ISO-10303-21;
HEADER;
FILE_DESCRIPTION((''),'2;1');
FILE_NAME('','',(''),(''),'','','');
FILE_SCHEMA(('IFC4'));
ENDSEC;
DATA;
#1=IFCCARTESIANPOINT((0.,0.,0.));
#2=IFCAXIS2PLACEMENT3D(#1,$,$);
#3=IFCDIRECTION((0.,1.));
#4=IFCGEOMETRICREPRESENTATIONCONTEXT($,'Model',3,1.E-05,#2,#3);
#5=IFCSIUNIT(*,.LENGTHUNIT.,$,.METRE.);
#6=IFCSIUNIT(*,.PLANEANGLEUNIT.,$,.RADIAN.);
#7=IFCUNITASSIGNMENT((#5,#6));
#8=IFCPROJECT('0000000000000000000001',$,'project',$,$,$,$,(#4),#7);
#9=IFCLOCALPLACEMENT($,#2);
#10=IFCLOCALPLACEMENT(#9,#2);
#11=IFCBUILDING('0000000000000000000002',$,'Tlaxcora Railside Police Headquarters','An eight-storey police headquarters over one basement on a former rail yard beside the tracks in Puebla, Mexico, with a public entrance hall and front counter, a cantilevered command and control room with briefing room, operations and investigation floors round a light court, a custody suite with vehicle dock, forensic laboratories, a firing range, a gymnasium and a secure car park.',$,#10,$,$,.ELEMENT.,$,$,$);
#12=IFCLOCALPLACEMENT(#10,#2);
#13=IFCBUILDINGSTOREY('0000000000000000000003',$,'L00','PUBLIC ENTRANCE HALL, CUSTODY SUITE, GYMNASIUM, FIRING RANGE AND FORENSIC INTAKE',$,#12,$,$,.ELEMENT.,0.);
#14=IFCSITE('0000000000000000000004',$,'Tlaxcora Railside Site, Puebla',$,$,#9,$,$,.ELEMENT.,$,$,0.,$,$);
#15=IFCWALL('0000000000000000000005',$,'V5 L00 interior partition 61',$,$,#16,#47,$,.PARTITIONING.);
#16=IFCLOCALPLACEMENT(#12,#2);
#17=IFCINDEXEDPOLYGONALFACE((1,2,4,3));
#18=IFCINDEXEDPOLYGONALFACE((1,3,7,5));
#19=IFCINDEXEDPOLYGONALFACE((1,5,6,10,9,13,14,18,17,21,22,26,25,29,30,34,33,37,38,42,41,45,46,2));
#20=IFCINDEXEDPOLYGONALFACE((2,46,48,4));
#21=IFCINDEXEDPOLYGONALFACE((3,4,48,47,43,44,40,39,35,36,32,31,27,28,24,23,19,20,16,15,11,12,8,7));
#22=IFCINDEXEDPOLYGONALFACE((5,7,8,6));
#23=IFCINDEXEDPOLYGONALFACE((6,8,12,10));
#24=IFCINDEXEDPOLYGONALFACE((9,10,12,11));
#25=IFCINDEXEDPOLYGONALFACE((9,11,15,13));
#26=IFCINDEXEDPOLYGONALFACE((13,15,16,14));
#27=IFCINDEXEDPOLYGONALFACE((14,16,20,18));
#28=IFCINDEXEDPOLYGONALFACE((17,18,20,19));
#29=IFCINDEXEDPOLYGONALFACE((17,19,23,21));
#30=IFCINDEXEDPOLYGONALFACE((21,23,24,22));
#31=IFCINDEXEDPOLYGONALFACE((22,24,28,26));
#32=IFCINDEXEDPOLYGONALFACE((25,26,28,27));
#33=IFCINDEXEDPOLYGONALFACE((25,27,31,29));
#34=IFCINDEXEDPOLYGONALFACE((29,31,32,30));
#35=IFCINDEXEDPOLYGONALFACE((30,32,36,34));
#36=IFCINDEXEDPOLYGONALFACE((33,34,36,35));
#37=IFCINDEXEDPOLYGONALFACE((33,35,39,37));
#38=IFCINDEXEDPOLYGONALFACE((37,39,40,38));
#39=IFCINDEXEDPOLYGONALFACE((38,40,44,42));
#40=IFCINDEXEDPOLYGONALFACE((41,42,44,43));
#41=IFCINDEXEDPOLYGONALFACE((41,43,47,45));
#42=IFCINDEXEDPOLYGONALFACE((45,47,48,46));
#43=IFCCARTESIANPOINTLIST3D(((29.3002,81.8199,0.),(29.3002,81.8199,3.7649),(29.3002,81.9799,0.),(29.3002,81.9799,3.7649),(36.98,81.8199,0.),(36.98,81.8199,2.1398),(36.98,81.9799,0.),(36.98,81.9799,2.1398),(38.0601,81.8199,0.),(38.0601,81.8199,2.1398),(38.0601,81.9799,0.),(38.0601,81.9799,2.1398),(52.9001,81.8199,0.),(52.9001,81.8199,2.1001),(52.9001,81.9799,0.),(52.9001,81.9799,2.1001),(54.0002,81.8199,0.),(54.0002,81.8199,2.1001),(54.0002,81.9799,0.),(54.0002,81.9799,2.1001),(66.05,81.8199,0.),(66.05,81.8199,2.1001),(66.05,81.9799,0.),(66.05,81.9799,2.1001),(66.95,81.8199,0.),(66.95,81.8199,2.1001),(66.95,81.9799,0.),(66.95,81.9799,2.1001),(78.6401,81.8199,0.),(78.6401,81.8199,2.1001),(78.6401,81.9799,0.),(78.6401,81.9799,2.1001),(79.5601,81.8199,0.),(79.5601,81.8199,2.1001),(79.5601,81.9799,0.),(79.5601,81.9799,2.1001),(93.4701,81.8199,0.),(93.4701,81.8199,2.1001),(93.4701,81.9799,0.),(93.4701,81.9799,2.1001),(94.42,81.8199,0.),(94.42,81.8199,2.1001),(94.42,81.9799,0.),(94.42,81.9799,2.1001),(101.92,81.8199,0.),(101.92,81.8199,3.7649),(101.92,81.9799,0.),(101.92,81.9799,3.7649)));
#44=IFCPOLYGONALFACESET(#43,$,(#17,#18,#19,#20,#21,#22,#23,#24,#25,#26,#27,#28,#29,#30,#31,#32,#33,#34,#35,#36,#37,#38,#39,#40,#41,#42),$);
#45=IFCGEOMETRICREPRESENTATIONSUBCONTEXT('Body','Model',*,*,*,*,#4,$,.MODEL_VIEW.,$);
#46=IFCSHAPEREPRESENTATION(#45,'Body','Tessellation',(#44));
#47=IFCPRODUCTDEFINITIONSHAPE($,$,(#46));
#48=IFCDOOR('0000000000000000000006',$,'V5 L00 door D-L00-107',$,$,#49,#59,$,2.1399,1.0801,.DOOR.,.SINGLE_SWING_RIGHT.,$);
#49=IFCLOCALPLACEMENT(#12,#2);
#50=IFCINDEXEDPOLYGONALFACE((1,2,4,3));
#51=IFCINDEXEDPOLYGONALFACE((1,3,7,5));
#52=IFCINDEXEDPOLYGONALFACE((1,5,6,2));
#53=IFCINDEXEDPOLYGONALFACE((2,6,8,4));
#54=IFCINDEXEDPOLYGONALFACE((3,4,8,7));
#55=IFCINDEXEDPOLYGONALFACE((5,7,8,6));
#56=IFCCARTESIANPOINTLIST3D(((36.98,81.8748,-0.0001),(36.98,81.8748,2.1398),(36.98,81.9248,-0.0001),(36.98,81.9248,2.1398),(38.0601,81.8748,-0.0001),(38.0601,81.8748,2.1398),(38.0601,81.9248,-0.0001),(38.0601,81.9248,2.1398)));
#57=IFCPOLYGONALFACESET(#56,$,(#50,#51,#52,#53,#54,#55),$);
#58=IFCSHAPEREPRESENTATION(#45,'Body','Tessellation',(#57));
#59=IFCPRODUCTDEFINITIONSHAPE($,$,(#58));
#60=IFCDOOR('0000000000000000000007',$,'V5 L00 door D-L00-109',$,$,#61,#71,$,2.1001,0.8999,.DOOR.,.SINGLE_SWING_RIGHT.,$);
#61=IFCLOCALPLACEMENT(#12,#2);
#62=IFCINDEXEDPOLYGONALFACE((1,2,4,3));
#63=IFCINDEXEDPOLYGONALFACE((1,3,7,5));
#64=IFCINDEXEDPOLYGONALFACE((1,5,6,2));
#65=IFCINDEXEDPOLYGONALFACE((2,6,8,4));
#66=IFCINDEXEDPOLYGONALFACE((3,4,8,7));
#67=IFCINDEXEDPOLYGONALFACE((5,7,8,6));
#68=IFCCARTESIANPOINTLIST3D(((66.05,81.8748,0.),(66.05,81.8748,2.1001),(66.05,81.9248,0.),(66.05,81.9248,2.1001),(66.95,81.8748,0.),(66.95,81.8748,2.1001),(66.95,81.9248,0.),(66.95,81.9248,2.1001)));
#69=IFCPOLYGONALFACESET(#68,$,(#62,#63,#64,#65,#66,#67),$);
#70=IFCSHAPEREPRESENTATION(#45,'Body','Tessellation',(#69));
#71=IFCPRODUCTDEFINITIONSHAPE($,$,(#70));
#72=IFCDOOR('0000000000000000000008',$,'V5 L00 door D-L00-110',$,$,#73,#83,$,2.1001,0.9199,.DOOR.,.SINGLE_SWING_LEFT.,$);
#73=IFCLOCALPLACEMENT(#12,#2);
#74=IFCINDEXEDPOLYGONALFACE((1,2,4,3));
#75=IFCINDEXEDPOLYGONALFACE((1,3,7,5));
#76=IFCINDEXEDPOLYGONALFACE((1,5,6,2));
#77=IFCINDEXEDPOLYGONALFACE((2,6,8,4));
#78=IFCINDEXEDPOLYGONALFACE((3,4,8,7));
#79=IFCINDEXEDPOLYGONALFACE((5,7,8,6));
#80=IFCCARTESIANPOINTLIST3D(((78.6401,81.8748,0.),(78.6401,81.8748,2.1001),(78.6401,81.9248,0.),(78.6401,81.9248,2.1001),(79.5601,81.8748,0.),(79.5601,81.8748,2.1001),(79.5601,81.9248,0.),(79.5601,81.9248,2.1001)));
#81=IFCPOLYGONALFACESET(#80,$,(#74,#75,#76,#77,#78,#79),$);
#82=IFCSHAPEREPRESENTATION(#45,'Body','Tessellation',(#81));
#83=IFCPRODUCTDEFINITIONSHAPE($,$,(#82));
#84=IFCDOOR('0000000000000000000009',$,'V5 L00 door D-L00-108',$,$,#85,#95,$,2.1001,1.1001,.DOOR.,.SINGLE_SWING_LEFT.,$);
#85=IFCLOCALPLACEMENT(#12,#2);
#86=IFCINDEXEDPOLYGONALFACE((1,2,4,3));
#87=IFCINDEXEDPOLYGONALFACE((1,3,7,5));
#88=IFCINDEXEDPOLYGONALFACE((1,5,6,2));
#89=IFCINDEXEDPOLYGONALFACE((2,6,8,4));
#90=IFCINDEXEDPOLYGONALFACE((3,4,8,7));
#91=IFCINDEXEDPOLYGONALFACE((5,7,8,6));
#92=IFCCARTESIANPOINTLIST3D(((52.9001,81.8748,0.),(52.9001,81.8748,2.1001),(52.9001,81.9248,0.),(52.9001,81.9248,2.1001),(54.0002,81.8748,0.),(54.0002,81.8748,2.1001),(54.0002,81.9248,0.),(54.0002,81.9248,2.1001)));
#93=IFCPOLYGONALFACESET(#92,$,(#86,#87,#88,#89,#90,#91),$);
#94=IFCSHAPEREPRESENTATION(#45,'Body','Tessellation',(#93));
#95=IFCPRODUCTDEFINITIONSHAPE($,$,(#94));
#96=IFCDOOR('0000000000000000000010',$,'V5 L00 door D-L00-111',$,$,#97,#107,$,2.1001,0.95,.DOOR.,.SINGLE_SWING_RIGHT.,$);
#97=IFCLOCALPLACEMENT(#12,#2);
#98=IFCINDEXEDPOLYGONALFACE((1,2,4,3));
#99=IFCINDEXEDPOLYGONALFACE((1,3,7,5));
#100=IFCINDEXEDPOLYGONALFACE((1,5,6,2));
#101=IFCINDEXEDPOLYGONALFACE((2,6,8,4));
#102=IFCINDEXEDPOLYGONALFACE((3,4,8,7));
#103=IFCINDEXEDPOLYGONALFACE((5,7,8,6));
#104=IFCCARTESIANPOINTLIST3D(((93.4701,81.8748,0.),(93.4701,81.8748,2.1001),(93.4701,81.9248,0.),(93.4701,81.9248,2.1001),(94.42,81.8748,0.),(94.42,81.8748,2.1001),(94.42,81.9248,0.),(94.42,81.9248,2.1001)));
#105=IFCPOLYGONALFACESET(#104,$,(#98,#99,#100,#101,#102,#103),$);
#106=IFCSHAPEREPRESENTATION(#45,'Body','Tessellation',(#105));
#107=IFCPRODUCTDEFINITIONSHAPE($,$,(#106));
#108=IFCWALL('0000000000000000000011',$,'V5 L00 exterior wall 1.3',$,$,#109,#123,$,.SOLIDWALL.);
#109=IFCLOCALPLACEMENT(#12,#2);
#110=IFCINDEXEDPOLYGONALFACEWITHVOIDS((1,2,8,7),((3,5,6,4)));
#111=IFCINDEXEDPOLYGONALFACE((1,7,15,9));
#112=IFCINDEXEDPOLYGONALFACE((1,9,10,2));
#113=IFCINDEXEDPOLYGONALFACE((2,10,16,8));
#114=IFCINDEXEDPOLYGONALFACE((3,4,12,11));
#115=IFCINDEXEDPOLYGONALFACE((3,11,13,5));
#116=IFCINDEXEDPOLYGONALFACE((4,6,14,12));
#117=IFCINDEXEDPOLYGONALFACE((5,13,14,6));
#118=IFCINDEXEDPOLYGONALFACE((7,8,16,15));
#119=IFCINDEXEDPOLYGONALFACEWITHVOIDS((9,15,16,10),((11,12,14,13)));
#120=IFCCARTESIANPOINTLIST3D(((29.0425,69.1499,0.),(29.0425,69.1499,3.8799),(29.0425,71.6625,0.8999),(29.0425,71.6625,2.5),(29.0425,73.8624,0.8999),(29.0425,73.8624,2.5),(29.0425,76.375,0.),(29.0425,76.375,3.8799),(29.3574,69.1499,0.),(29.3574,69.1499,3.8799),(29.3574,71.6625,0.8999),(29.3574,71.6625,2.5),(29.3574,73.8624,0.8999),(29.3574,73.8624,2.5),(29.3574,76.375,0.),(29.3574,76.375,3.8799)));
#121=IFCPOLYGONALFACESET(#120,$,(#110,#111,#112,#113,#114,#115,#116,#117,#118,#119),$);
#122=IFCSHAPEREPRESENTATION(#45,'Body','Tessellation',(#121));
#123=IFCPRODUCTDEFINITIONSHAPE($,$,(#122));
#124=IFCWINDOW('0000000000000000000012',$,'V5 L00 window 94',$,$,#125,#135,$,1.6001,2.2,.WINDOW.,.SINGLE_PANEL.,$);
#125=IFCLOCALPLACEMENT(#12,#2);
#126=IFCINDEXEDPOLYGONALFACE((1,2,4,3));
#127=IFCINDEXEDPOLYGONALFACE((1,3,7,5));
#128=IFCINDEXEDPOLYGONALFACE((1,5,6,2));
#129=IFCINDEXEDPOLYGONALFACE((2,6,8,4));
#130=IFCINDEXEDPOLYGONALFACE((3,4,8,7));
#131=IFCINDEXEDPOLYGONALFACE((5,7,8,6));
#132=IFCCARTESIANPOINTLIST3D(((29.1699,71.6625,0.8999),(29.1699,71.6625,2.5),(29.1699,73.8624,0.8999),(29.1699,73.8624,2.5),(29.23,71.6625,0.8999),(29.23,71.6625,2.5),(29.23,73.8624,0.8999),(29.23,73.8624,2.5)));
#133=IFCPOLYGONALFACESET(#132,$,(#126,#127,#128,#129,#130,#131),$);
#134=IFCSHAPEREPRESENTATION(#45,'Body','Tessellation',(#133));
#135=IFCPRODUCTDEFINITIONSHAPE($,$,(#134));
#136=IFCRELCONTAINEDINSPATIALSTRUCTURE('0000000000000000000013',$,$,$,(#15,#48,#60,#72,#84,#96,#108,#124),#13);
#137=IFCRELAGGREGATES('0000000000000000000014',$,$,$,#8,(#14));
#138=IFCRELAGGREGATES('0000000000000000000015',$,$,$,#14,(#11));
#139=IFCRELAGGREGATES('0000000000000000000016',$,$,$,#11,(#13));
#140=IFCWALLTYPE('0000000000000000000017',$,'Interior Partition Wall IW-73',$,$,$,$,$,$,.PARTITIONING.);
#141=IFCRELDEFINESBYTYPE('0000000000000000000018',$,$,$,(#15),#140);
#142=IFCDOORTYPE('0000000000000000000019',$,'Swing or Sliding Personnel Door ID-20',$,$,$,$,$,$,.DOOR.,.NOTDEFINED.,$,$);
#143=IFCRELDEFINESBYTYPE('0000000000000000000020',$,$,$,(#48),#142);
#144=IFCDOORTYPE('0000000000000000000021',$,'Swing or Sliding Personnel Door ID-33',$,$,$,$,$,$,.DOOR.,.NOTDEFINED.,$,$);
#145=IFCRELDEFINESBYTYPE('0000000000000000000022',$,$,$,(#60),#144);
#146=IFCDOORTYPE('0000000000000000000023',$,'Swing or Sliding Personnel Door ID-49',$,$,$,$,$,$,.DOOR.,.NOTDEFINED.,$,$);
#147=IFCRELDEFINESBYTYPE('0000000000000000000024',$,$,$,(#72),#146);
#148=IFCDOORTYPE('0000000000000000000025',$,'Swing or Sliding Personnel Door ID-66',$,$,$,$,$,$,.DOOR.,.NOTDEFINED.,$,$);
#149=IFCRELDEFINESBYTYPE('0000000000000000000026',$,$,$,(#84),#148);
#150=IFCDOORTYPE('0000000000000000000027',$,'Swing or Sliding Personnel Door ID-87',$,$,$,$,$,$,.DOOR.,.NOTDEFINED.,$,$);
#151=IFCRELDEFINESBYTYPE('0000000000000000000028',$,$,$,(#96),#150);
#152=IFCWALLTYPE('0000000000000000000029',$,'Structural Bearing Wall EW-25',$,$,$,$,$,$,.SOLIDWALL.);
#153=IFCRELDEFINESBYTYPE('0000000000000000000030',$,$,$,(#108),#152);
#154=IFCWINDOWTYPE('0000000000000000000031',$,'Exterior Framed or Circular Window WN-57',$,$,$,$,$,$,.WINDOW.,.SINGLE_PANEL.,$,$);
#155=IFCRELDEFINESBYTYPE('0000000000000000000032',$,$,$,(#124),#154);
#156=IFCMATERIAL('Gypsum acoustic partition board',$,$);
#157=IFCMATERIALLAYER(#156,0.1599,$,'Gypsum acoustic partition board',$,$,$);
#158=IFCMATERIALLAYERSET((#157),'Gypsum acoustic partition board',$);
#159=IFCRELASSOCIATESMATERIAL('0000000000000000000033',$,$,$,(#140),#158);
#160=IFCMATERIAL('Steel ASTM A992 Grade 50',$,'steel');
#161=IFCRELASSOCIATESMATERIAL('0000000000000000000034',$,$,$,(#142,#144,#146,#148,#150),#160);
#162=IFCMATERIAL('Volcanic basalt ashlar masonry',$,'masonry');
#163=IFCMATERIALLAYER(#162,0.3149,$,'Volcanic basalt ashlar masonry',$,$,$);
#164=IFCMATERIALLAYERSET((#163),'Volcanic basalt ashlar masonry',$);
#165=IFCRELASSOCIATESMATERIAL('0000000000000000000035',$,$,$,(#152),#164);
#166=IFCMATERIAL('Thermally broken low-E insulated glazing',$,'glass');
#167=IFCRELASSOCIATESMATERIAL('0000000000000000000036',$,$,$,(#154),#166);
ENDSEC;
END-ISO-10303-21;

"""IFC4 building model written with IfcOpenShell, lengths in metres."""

from ifc_helpers import new_model, si_unit, direction, frame, frame_2d, origin, place, context, subcontext, project, spatial, rectangle, extrude, material, layer, layer_set, type_object, element, fill, save


model = new_model("IFC4")

# Units and contexts
model_context = context("Model", 3, precision=1e-05, world=origin(), true_north=direction((0.0, 1.0)))
body_context = subcontext(model_context, "Body", "Model", "MODEL_VIEW")
ifc_project = project(units=[si_unit("LENGTHUNIT", "METRE"), si_unit("PLANEANGLEUNIT", "RADIAN")], contexts=[model_context])

# Site, building, storey
site_placement = place(None, origin())
site = spatial("IfcSite", under=ifc_project, at=site_placement, Name="Tlaxcora Railside Site, Puebla", CompositionType="ELEMENT", RefElevation=0.0)
building_placement = place(site_placement, origin())
building = spatial("IfcBuilding", under=site, at=building_placement, Name="Tlaxcora Railside Police Headquarters", Description="An eight-storey police headquarters over one basement on a former rail yard beside the tracks in Puebla, Mexico, with a public entrance hall and front counter, a cantilevered command and control room with briefing room, operations and investigation floors round a light court, a custody suite with vehicle dock, forensic laboratories, a firing range, a gymnasium and a secure car park.", CompositionType="ELEMENT")
storey_placement = place(building_placement, origin())
storey = spatial("IfcBuildingStorey", under=building, at=storey_placement, Name="L00", Description="PUBLIC ENTRANCE HALL, CUSTODY SUITE, GYMNASIUM, FIRING RANGE AND FORENSIC INTAKE", CompositionType="ELEMENT", Elevation=0.0)

# Shared definitions
ifc_material_1 = material(Name="Steel ASTM A992 Grade 50", Category="steel")

# Wall, openings, doors
ifc_material_2 = material(Name="Gypsum acoustic partition board")
ifc_layer_1 = layer(ifc_material_2, 0.1599, Name="Gypsum acoustic partition board")
ifc_layer_set_1 = layer_set([ifc_layer_1], Name="Gypsum acoustic partition board")
wall_type_1 = type_object("IfcWallType", Name="Interior Partition Wall IW-73", PredefinedType="PARTITIONING", material=ifc_layer_set_1)
wall_1_placement = place(storey_placement, frame((29.3, 81.8999, 0.0), z_axis=(0.0, 0.0, 1.0), x_axis=(1.0, 0.0, 0.0)))
wall_1 = element("IfcWall", 1, at=wall_1_placement, inside=storey, type_object=wall_type_1, Name="V5 L00 interior partition 61", PredefinedType="PARTITIONING", context=body_context, shape_type="SweptSolid", body=[
    extrude(rectangle(XDim=72.6199, YDim=0.1599, at=frame_2d((36.3101, 0.0))), origin(), (0.0, 0.0, 1.0), 3.7649),
])
opening_1_placement = place(wall_1_placement, frame((7.6799, 0.0, 0.0)))
opening_1 = element("IfcOpeningElement", 2, at=opening_1_placement, cuts=wall_1, PredefinedType="OPENING", context=body_context, shape_type="SweptSolid", body=[
    extrude(rectangle(XDim=1.0801, YDim=2.1399, at=frame_2d((0.54, 1.0698))), frame((0.0, 0.0898, 0.0), z_axis=(0.0, -1.0, 0.0), x_axis=(1.0, 0.0, 0.0)), (0.0, 0.0, 1.0), 0.1799),
])
opening_2_placement = place(wall_1_placement, frame((23.6001, 0.0, 0.0)))
opening_2 = element("IfcOpeningElement", 3, at=opening_2_placement, cuts=wall_1, PredefinedType="OPENING", context=body_context, shape_type="SweptSolid", body=[
    extrude(rectangle(XDim=1.1001, YDim=2.1001, at=frame_2d((0.55, 1.05))), frame((0.0, 0.0898, 0.0), z_axis=(0.0, -1.0, 0.0), x_axis=(1.0, 0.0, 0.0)), (0.0, 0.0, 1.0), 0.1799),
])
opening_3_placement = place(wall_1_placement, frame((36.75, 0.0, 0.0)))
opening_3 = element("IfcOpeningElement", 4, at=opening_3_placement, cuts=wall_1, PredefinedType="OPENING", context=body_context, shape_type="SweptSolid", body=[
    extrude(rectangle(XDim=0.8999, YDim=2.1001, at=frame_2d((0.45, 1.05))), frame((0.0, 0.0898, 0.0), z_axis=(0.0, -1.0, 0.0), x_axis=(1.0, 0.0, 0.0)), (0.0, 0.0, 1.0), 0.1799),
])
opening_4_placement = place(wall_1_placement, frame((49.3401, 0.0, 0.0)))
opening_4 = element("IfcOpeningElement", 5, at=opening_4_placement, cuts=wall_1, PredefinedType="OPENING", context=body_context, shape_type="SweptSolid", body=[
    extrude(rectangle(XDim=0.9199, YDim=2.1001, at=frame_2d((0.46, 1.05))), frame((0.0, 0.0898, 0.0), z_axis=(0.0, -1.0, 0.0), x_axis=(1.0, 0.0, 0.0)), (0.0, 0.0, 1.0), 0.1799),
])
opening_5_placement = place(wall_1_placement, frame((64.1699, 0.0, 0.0)))
opening_5 = element("IfcOpeningElement", 6, at=opening_5_placement, cuts=wall_1, PredefinedType="OPENING", context=body_context, shape_type="SweptSolid", body=[
    extrude(rectangle(XDim=0.95, YDim=2.1001, at=frame_2d((0.4751, 1.05))), frame((0.0, 0.0898, 0.0), z_axis=(0.0, -1.0, 0.0), x_axis=(1.0, 0.0, 0.0)), (0.0, 0.0, 1.0), 0.1799),
])
door_type_1 = type_object("IfcDoorType", Name="Swing or Sliding Personnel Door ID-20", OperationType="NOTDEFINED", PredefinedType="DOOR", material=ifc_material_1)
door_1_placement = place(opening_1_placement, origin())
door_1 = element("IfcDoor", 7, at=door_1_placement, inside=storey, type_object=door_type_1, Name="V5 L00 door D-L00-107", OperationType="SINGLE_SWING_RIGHT", OverallHeight=2.1399, OverallWidth=1.0801, PredefinedType="DOOR", context=body_context, shape_type="SweptSolid", body=[
    extrude(rectangle(XDim=1.0801, YDim=2.1399, at=frame_2d((0.54, 1.0698))), frame((0.0, 0.0249, 0.0), z_axis=(0.0, -1.0, 0.0), x_axis=(1.0, 0.0, 0.0)), (0.0, 0.0, 1.0), 0.05),
])
fill(opening_1, door_1)
door_type_2 = type_object("IfcDoorType", Name="Swing or Sliding Personnel Door ID-33", OperationType="NOTDEFINED", PredefinedType="DOOR", material=ifc_material_1)
door_2_placement = place(opening_3_placement, origin())
door_2 = element("IfcDoor", 8, at=door_2_placement, inside=storey, type_object=door_type_2, Name="V5 L00 door D-L00-109", OperationType="SINGLE_SWING_RIGHT", OverallHeight=2.1001, OverallWidth=0.8999, PredefinedType="DOOR", context=body_context, shape_type="SweptSolid", body=[
    extrude(rectangle(XDim=0.8999, YDim=2.1001, at=frame_2d((0.45, 1.05))), frame((0.0, 0.0249, 0.0), z_axis=(0.0, -1.0, 0.0), x_axis=(1.0, 0.0, 0.0)), (0.0, 0.0, 1.0), 0.05),
])
fill(opening_3, door_2)
door_type_3 = type_object("IfcDoorType", Name="Swing or Sliding Personnel Door ID-49", OperationType="NOTDEFINED", PredefinedType="DOOR", material=ifc_material_1)
door_3_placement = place(opening_4_placement, origin())
door_3 = element("IfcDoor", 9, at=door_3_placement, inside=storey, type_object=door_type_3, Name="V5 L00 door D-L00-110", OperationType="SINGLE_SWING_LEFT", OverallHeight=2.1001, OverallWidth=0.9199, PredefinedType="DOOR", context=body_context, shape_type="SweptSolid", body=[
    extrude(rectangle(XDim=0.9199, YDim=2.1001, at=frame_2d((0.46, 1.05))), frame((0.0, 0.0249, 0.0), z_axis=(0.0, -1.0, 0.0), x_axis=(1.0, 0.0, 0.0)), (0.0, 0.0, 1.0), 0.05),
])
fill(opening_4, door_3)
door_type_4 = type_object("IfcDoorType", Name="Swing or Sliding Personnel Door ID-66", OperationType="NOTDEFINED", PredefinedType="DOOR", material=ifc_material_1)
door_4_placement = place(opening_2_placement, origin())
door_4 = element("IfcDoor", 10, at=door_4_placement, inside=storey, type_object=door_type_4, Name="V5 L00 door D-L00-108", OperationType="SINGLE_SWING_LEFT", OverallHeight=2.1001, OverallWidth=1.1001, PredefinedType="DOOR", context=body_context, shape_type="SweptSolid", body=[
    extrude(rectangle(XDim=1.1001, YDim=2.1001, at=frame_2d((0.55, 1.05))), frame((0.0, 0.0249, 0.0), z_axis=(0.0, -1.0, 0.0), x_axis=(1.0, 0.0, 0.0)), (0.0, 0.0, 1.0), 0.05),
])
fill(opening_2, door_4)
door_type_5 = type_object("IfcDoorType", Name="Swing or Sliding Personnel Door ID-87", OperationType="NOTDEFINED", PredefinedType="DOOR", material=ifc_material_1)
door_5_placement = place(opening_5_placement, origin())
door_5 = element("IfcDoor", 11, at=door_5_placement, inside=storey, type_object=door_type_5, Name="V5 L00 door D-L00-111", OperationType="SINGLE_SWING_RIGHT", OverallHeight=2.1001, OverallWidth=0.95, PredefinedType="DOOR", context=body_context, shape_type="SweptSolid", body=[
    extrude(rectangle(XDim=0.95, YDim=2.1001, at=frame_2d((0.4751, 1.05))), frame((0.0, 0.0249, 0.0), z_axis=(0.0, -1.0, 0.0), x_axis=(1.0, 0.0, 0.0)), (0.0, 0.0, 1.0), 0.05),
])
fill(opening_5, door_5)

# Wall, opening, window
ifc_material_3 = material(Name="Volcanic basalt ashlar masonry", Category="masonry")
ifc_layer_2 = layer(ifc_material_3, 0.3149, Name="Volcanic basalt ashlar masonry")
ifc_layer_set_2 = layer_set([ifc_layer_2], Name="Volcanic basalt ashlar masonry")
wall_type_2 = type_object("IfcWallType", Name="Structural Bearing Wall EW-25", PredefinedType="SOLIDWALL", material=ifc_layer_set_2)
wall_2_placement = place(storey_placement, frame((29.2, 69.1499, 0.0), z_axis=(0.0, 0.0, 1.0), x_axis=(0.0, 1.0, 0.0)))
wall_2 = element("IfcWall", 12, at=wall_2_placement, inside=storey, type_object=wall_type_2, Name="V5 L00 exterior wall 1.3", PredefinedType="SOLIDWALL", context=body_context, shape_type="SweptSolid", body=[
    extrude(rectangle(XDim=7.2251, YDim=0.3149, at=frame_2d((3.6125, 0.0))), origin(), (0.0, 0.0, 1.0), 3.8799),
])
opening_6_placement = place(wall_2_placement, frame((2.5125, 0.0, 0.8999)))
opening_6 = element("IfcOpeningElement", 13, at=opening_6_placement, cuts=wall_2, PredefinedType="OPENING", context=body_context, shape_type="SweptSolid", body=[
    extrude(rectangle(XDim=2.2, YDim=1.6001, at=frame_2d((1.1001, 0.8))), frame((0.0, 0.1675, 0.0), z_axis=(0.0, -1.0, 0.0), x_axis=(1.0, 0.0, 0.0)), (0.0, 0.0, 1.0), 0.335),
])
ifc_material_4 = material(Name="Thermally broken low-E insulated glazing", Category="glass")
window_type = type_object("IfcWindowType", Name="Exterior Framed or Circular Window WN-57", PartitioningType="SINGLE_PANEL", PredefinedType="WINDOW", material=ifc_material_4)
window_1_placement = place(opening_6_placement, origin())
window_1 = element("IfcWindow", 14, at=window_1_placement, inside=storey, type_object=window_type, Name="V5 L00 window 94", OverallHeight=1.6001, OverallWidth=2.2, PartitioningType="SINGLE_PANEL", PredefinedType="WINDOW", context=body_context, shape_type="SweptSolid", body=[
    extrude(rectangle(XDim=2.2, YDim=1.6001, at=frame_2d((1.1001, 0.8))), frame((0.0, 0.03, 0.0), z_axis=(0.0, -1.0, 0.0), x_axis=(1.0, 0.0, 0.0)), (0.0, 0.0, 1.0), 0.0601),
])
fill(opening_6, window_1)

save(model, "model.ifc")
